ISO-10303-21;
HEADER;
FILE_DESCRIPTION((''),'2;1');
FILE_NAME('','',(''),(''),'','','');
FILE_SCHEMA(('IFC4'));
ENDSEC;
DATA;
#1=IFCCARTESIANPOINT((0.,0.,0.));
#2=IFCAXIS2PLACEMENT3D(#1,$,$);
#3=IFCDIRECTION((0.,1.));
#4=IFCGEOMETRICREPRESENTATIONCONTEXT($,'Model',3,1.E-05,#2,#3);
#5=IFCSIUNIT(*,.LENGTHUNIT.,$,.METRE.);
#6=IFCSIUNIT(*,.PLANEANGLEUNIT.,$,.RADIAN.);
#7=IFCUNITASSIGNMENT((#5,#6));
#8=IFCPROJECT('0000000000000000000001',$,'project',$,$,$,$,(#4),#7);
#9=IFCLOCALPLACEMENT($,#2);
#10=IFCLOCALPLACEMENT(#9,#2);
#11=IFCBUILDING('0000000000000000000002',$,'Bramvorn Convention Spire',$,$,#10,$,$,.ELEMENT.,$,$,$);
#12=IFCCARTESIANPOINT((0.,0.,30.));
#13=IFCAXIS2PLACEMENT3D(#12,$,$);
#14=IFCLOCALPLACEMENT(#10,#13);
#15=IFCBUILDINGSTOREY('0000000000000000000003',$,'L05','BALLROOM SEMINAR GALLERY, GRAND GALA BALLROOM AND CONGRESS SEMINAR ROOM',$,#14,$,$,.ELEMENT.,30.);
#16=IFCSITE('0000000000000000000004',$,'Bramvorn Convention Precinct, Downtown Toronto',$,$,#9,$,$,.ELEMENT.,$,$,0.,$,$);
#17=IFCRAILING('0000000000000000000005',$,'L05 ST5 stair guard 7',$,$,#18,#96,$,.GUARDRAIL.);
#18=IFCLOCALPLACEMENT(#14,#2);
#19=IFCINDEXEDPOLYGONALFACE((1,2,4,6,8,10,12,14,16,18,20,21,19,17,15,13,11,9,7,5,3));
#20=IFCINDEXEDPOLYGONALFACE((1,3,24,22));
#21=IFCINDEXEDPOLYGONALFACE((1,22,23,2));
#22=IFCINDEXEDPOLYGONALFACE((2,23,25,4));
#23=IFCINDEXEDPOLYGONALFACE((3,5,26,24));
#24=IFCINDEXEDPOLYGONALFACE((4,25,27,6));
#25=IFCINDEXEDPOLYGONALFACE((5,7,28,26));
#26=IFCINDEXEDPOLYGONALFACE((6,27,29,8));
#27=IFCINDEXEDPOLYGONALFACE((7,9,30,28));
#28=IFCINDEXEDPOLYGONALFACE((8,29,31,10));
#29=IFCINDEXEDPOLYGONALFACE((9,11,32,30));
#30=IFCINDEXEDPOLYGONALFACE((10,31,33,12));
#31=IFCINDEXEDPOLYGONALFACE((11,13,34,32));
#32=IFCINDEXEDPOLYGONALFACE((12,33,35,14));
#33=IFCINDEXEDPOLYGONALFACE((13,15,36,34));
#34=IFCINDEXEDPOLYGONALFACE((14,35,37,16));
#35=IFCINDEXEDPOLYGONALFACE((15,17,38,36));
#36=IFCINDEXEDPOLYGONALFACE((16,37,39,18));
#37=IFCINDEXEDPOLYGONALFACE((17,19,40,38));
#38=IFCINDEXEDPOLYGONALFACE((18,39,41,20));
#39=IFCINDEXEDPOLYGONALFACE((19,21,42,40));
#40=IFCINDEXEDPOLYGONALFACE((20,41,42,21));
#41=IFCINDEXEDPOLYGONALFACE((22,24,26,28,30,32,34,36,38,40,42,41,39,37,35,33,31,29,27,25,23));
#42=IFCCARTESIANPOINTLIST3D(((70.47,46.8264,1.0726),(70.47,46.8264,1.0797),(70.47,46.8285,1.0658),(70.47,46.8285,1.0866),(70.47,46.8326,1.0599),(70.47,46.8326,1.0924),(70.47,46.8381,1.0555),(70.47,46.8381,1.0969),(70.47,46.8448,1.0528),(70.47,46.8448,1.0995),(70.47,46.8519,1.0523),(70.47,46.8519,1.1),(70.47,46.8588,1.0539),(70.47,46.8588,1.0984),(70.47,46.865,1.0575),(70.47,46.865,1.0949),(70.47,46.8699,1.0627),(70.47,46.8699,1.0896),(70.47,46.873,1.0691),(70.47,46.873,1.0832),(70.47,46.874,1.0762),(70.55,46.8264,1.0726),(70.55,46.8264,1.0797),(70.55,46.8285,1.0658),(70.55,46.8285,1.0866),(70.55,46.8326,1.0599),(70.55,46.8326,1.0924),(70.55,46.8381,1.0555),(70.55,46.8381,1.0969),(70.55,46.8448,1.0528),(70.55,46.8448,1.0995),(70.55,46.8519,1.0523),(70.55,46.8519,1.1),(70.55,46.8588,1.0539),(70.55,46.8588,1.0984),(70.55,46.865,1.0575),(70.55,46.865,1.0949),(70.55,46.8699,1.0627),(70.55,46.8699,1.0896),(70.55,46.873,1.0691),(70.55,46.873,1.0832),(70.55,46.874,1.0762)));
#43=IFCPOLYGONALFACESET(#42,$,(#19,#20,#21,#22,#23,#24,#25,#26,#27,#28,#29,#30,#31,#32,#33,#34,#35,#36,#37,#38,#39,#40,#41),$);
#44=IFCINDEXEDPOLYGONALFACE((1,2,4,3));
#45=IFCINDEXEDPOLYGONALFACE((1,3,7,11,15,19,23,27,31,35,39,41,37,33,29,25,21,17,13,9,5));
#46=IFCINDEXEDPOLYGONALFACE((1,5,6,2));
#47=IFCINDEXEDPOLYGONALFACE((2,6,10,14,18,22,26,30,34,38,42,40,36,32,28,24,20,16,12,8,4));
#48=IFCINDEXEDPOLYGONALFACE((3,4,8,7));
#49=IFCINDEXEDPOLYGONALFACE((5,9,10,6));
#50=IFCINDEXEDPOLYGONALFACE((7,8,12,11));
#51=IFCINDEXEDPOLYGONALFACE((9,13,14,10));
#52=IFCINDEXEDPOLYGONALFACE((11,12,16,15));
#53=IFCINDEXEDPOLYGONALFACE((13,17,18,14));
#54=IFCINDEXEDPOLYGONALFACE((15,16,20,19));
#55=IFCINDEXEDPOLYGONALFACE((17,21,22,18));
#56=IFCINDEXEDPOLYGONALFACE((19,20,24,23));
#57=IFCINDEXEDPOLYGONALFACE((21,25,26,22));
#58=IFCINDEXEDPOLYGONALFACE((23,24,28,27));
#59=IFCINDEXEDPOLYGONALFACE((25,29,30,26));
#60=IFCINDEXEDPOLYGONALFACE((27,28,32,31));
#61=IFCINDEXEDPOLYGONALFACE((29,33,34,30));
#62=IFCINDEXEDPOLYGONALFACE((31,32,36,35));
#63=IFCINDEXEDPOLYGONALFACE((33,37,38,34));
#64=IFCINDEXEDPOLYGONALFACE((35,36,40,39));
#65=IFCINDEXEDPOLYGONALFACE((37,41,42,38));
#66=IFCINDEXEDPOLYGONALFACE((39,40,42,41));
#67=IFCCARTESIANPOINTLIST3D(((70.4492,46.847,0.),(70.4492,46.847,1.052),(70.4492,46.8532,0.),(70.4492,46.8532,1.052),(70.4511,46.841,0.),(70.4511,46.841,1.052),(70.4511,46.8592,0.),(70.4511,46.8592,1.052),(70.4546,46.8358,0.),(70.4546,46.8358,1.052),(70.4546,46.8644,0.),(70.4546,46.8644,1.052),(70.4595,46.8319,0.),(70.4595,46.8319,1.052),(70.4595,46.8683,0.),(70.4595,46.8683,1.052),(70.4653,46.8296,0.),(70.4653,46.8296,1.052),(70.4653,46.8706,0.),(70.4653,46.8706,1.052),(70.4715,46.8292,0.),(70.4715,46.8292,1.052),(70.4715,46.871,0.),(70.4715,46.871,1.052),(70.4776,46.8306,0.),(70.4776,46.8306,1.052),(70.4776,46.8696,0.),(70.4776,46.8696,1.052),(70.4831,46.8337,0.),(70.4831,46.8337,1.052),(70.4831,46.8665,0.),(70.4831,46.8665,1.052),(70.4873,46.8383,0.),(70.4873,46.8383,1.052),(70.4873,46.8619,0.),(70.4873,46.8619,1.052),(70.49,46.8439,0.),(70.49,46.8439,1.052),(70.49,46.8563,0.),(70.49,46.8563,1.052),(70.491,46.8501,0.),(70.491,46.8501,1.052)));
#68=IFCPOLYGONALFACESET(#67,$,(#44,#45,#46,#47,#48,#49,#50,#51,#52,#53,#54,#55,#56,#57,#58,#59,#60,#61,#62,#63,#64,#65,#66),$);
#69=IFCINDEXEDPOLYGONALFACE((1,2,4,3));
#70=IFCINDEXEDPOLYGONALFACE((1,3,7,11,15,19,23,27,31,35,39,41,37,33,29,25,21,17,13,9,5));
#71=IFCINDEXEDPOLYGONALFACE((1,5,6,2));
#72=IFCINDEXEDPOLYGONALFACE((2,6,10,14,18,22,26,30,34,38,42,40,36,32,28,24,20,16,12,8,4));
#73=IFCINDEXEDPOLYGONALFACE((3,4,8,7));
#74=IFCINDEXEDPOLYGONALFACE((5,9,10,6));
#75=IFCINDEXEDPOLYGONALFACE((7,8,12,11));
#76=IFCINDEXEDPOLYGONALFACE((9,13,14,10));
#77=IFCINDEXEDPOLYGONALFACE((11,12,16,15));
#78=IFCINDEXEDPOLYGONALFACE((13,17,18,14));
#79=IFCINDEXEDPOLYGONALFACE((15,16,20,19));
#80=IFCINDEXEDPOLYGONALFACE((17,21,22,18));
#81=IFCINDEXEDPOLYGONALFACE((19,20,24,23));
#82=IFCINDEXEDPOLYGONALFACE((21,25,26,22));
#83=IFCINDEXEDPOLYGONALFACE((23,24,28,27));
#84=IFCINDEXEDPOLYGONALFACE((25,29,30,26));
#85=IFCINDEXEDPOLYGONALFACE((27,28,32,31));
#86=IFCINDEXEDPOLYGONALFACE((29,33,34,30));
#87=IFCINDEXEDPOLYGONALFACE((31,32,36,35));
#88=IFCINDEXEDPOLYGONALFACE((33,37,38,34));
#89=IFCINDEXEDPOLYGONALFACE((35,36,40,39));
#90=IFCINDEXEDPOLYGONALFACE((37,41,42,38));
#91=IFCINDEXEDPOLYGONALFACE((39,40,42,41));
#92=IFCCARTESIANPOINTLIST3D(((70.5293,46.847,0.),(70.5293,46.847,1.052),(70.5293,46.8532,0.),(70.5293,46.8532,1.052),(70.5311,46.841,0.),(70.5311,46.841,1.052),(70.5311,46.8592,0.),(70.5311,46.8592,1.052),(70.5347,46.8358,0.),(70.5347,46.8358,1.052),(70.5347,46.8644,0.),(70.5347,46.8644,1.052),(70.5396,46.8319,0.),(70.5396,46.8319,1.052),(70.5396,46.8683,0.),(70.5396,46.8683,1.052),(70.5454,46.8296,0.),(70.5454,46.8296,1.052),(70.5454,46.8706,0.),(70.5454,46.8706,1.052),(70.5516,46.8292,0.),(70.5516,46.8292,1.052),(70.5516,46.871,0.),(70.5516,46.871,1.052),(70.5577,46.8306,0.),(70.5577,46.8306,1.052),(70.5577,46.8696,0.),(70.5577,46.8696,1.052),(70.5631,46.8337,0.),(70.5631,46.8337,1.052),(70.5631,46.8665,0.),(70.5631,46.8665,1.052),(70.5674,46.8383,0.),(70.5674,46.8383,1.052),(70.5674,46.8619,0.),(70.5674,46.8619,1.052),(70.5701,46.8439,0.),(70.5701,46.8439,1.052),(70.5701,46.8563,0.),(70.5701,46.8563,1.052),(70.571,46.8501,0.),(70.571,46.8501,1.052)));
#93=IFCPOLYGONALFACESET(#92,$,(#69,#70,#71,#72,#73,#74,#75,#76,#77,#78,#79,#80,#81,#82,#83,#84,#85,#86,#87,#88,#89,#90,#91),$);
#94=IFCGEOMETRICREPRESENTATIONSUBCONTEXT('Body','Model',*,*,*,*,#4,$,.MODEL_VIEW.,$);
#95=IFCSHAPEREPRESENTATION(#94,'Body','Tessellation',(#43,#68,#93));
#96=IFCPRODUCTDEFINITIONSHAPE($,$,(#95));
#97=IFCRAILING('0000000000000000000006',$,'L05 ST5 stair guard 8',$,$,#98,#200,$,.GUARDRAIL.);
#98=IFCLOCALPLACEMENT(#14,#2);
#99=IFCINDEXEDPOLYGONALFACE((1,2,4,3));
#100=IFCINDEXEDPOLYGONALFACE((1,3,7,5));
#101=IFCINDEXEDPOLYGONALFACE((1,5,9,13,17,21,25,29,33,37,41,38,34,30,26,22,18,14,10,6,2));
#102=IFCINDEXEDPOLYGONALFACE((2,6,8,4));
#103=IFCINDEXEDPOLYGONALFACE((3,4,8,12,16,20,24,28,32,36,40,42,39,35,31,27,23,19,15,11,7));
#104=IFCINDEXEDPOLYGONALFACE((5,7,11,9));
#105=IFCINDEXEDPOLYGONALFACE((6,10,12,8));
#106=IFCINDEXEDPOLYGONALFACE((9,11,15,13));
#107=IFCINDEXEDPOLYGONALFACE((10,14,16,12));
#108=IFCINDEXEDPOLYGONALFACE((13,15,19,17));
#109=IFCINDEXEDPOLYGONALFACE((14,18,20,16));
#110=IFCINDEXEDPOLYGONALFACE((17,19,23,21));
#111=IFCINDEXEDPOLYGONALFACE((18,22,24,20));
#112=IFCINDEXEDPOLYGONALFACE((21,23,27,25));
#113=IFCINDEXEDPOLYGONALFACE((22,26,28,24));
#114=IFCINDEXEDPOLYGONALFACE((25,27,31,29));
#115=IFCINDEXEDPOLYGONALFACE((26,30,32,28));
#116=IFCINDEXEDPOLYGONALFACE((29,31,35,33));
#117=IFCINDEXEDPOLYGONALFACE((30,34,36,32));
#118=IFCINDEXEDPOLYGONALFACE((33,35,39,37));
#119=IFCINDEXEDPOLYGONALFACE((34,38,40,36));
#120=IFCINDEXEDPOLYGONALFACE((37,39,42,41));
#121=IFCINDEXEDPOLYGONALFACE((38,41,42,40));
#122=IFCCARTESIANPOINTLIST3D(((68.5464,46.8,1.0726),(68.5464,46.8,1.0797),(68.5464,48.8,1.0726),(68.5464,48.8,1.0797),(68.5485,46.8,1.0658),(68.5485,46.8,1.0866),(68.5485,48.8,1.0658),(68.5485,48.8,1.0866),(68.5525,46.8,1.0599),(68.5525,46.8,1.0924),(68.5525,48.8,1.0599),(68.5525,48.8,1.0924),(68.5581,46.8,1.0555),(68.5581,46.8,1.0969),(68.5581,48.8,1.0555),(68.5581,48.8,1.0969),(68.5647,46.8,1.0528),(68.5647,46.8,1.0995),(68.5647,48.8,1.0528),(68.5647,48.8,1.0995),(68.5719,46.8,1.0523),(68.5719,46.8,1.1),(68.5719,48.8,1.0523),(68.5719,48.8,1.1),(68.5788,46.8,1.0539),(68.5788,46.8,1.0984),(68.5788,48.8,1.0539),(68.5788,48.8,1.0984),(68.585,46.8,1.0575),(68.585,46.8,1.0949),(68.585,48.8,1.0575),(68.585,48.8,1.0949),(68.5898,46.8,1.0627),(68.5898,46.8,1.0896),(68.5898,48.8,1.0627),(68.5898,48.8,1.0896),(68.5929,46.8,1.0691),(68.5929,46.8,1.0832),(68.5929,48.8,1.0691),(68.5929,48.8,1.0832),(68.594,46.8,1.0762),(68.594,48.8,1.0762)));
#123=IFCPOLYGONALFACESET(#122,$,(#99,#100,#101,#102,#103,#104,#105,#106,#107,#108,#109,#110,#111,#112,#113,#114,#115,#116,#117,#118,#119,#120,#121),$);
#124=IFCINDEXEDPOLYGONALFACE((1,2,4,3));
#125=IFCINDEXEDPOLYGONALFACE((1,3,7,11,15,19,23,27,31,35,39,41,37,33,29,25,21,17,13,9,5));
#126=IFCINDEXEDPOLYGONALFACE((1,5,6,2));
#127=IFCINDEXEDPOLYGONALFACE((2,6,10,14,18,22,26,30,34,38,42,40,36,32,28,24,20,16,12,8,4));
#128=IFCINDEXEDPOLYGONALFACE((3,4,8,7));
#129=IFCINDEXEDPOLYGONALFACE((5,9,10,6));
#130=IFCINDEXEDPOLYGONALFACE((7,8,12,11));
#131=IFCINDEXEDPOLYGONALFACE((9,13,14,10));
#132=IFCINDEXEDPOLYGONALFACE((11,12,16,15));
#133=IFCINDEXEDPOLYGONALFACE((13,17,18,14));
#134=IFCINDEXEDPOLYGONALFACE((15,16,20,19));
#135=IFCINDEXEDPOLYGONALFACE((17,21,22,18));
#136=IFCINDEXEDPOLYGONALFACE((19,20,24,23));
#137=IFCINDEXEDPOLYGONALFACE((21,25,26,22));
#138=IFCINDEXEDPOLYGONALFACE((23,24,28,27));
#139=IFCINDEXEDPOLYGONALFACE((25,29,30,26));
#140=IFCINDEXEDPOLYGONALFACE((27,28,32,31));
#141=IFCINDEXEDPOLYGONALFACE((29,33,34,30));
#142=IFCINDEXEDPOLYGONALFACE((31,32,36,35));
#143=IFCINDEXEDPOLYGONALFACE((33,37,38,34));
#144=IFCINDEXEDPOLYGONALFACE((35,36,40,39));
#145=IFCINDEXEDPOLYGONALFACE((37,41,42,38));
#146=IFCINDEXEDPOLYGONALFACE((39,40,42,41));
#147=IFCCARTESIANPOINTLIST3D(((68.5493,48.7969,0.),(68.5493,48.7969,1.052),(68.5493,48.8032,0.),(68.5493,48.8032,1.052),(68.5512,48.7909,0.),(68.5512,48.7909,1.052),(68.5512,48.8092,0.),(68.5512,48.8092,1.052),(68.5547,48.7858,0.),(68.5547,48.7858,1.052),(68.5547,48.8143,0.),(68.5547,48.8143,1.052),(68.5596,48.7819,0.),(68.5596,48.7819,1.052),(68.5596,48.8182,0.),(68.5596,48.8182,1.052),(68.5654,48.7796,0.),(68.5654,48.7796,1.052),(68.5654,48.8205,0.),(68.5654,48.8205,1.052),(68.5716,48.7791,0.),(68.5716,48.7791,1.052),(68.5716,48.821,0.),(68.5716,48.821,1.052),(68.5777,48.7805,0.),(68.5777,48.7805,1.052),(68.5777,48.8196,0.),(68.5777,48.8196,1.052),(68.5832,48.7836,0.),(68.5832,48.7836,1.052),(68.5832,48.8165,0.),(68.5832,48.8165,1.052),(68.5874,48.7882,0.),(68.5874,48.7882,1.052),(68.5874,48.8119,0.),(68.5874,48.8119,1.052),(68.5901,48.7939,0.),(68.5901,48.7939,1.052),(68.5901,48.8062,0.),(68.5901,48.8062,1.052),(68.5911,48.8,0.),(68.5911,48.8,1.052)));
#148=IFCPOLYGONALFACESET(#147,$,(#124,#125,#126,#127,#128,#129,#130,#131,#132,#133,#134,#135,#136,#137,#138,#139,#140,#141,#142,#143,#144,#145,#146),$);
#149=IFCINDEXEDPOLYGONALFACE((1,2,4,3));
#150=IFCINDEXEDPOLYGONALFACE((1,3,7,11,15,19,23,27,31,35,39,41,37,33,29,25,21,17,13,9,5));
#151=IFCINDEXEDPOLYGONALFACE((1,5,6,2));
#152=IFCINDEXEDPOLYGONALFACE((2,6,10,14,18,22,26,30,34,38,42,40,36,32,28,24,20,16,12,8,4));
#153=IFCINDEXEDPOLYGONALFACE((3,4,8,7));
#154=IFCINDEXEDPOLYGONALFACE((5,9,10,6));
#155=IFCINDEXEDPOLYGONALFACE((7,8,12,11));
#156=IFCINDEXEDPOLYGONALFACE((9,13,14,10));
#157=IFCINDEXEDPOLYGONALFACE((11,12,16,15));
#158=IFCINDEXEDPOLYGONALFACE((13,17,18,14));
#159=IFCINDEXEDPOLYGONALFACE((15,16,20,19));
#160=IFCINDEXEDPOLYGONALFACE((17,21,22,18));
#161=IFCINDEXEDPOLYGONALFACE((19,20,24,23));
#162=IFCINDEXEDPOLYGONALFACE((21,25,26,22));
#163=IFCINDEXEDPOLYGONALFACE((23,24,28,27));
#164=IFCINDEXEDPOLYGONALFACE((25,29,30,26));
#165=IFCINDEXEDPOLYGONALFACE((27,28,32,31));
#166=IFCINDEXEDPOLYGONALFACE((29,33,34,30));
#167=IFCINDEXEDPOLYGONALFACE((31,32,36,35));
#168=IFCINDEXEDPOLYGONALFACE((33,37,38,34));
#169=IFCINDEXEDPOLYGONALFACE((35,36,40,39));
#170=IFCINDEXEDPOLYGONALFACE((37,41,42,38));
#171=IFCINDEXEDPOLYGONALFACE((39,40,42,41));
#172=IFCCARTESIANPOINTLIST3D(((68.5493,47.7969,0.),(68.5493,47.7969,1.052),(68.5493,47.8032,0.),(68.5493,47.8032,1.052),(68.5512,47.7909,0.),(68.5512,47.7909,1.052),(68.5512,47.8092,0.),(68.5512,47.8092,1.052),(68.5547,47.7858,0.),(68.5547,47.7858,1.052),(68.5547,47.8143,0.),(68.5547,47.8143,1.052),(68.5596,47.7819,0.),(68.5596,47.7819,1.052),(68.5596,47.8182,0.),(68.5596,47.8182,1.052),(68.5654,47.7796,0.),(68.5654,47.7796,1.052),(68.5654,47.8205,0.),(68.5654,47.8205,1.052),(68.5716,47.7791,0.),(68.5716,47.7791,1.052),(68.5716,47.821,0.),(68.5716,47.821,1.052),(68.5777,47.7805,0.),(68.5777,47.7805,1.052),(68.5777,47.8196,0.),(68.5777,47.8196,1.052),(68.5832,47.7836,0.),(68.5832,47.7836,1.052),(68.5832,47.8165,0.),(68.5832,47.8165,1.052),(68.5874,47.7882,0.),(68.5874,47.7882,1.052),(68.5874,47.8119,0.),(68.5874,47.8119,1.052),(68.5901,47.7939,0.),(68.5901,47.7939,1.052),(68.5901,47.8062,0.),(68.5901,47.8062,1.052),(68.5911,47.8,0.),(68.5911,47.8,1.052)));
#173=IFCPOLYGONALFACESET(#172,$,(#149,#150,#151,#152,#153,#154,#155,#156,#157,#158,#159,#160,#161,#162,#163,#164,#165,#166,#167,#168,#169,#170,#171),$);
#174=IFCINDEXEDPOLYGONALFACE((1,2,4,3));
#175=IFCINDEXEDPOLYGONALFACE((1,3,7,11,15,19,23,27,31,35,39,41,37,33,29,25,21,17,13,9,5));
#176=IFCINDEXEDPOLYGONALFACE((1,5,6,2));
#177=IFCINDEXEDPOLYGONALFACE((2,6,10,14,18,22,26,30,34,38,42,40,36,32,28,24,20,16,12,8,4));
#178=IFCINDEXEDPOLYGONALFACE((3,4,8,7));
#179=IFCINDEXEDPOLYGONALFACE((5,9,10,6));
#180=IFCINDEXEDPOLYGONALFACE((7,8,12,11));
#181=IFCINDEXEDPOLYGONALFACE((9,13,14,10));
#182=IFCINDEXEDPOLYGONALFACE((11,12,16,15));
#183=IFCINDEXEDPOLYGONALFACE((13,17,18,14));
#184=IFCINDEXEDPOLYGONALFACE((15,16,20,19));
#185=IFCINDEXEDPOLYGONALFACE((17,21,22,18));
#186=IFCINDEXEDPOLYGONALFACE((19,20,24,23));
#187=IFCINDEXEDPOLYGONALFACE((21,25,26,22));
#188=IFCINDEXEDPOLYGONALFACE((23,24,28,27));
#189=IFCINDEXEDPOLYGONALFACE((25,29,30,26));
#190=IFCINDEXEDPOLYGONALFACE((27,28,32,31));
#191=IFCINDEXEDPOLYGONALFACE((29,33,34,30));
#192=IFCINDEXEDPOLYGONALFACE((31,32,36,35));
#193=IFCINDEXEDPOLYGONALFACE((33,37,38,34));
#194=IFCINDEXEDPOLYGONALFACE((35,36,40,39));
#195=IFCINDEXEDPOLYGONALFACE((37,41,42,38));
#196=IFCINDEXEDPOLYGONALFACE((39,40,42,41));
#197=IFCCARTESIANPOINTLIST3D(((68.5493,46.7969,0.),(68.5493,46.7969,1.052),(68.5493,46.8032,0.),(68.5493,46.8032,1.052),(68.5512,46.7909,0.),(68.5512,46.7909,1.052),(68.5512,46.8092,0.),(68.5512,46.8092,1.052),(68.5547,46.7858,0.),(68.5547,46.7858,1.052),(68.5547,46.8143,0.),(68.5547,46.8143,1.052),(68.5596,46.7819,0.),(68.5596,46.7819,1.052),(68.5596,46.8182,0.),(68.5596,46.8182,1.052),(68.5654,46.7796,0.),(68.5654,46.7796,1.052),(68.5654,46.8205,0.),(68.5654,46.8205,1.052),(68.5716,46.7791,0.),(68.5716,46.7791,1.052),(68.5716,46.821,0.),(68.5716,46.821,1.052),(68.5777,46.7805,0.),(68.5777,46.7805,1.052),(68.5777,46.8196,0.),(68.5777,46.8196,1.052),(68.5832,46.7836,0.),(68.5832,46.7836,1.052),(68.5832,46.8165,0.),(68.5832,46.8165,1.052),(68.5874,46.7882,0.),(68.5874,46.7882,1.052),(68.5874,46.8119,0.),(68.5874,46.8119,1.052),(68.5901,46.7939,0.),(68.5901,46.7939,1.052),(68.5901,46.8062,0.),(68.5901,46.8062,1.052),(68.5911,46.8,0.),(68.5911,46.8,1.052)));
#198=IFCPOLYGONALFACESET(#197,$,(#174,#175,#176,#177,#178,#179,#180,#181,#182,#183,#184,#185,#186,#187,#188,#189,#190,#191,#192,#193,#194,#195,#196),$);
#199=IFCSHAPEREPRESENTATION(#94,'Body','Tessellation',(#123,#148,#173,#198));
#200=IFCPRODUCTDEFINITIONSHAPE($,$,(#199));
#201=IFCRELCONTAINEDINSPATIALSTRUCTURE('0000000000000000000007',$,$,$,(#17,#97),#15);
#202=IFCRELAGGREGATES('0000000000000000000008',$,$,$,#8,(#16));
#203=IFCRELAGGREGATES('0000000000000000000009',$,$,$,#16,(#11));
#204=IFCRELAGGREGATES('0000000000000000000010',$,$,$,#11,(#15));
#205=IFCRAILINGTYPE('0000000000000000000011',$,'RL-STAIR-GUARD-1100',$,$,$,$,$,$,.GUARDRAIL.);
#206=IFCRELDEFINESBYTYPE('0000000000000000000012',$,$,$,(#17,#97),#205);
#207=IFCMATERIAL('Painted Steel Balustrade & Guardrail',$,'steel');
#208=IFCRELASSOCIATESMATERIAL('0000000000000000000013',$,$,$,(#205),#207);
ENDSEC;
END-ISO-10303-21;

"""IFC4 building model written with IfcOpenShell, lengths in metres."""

from ifc_helpers import new_model, si_unit, direction, frame, origin, origin_2d, place, context, subcontext, project, spatial, circle, extrude, material, type_object, element, save


model = new_model("IFC4")

# Units and contexts
model_context = context("Model", 3, precision=1e-05, world=origin(), true_north=direction((0.0, 1.0)))
body_context = subcontext(model_context, "Body", "Model", "MODEL_VIEW")
ifc_project = project(units=[si_unit("LENGTHUNIT", "METRE"), si_unit("PLANEANGLEUNIT", "RADIAN")], contexts=[model_context])

# Site, building, storey
site_placement = place(None, origin())
site = spatial("IfcSite", under=ifc_project, at=site_placement, Name="Bramvorn Convention Precinct, Downtown Toronto", CompositionType="ELEMENT", RefElevation=0.0)
building_placement = place(site_placement, origin())
building = spatial("IfcBuilding", under=site, at=building_placement, Name="Bramvorn Convention Spire", CompositionType="ELEMENT")
storey_placement = place(building_placement, frame((0.0, 0.0, 30.0)))
storey = spatial("IfcBuildingStorey", under=building, at=storey_placement, Name="L05", Description="BALLROOM SEMINAR GALLERY, GRAND GALA BALLROOM AND CONGRESS SEMINAR ROOM", CompositionType="ELEMENT", Elevation=30.0)

# Railings
ifc_material_1 = material(Name="Painted Steel Balustrade & Guardrail", Category="steel")
railing_type_1 = type_object("IfcRailingType", Name="RL-STAIR-GUARD-1100", PredefinedType="GUARDRAIL", material=ifc_material_1)
railing_1_placement = place(storey_placement, frame((70.47, 46.8501, 0.0)))
element("IfcRailing", 1, at=railing_1_placement, inside=storey, type_object=railing_type_1, Name="L05 ST5 stair guard 7", PredefinedType="GUARDRAIL", context=body_context, shape_type="SweptSolid", body=[
    extrude(circle(Radius=0.0239, at=origin_2d()), frame((0.0, 0.0, 1.0762), z_axis=(1.0, 0.0, 0.0), x_axis=(0.0, 1.0, 0.0)), (0.0, 0.0, 1.0), 0.0801),
    extrude(circle(Radius=0.021, at=origin_2d()), origin(), (0.0, 0.0, 1.0), 1.052),
    extrude(circle(Radius=0.021, at=origin_2d()), frame((0.0801, 0.0, 0.0)), (0.0, 0.0, 1.0), 1.052),
])
for number, where, name in (
    (2, (68.5701, 48.8, 0.0), "L05 ST5 stair guard 8"),
):
    element("IfcRailing", number, at=place(storey_placement, frame(where)), inside=storey, type_object=railing_type_1, Name=name, PredefinedType="GUARDRAIL", context=body_context, shape_type="SweptSolid", body=[
        extrude(circle(Radius=0.0239, at=origin_2d()), frame((0.0, 0.0, 1.0762), z_axis=(0.0, -1.0, 0.0), x_axis=(1.0, 0.0, 0.0)), (0.0, 0.0, 1.0), 2.0),
        extrude(circle(Radius=0.021, at=origin_2d()), origin(), (0.0, 0.0, 1.0), 1.052),
        extrude(circle(Radius=0.021, at=origin_2d()), frame((0.0, -1.0, 0.0)), (0.0, 0.0, 1.0), 1.052),
        extrude(circle(Radius=0.021, at=origin_2d()), frame((0.0, -2.0, 0.0)), (0.0, 0.0, 1.0), 1.052),
    ])

save(model, "model.ifc")
